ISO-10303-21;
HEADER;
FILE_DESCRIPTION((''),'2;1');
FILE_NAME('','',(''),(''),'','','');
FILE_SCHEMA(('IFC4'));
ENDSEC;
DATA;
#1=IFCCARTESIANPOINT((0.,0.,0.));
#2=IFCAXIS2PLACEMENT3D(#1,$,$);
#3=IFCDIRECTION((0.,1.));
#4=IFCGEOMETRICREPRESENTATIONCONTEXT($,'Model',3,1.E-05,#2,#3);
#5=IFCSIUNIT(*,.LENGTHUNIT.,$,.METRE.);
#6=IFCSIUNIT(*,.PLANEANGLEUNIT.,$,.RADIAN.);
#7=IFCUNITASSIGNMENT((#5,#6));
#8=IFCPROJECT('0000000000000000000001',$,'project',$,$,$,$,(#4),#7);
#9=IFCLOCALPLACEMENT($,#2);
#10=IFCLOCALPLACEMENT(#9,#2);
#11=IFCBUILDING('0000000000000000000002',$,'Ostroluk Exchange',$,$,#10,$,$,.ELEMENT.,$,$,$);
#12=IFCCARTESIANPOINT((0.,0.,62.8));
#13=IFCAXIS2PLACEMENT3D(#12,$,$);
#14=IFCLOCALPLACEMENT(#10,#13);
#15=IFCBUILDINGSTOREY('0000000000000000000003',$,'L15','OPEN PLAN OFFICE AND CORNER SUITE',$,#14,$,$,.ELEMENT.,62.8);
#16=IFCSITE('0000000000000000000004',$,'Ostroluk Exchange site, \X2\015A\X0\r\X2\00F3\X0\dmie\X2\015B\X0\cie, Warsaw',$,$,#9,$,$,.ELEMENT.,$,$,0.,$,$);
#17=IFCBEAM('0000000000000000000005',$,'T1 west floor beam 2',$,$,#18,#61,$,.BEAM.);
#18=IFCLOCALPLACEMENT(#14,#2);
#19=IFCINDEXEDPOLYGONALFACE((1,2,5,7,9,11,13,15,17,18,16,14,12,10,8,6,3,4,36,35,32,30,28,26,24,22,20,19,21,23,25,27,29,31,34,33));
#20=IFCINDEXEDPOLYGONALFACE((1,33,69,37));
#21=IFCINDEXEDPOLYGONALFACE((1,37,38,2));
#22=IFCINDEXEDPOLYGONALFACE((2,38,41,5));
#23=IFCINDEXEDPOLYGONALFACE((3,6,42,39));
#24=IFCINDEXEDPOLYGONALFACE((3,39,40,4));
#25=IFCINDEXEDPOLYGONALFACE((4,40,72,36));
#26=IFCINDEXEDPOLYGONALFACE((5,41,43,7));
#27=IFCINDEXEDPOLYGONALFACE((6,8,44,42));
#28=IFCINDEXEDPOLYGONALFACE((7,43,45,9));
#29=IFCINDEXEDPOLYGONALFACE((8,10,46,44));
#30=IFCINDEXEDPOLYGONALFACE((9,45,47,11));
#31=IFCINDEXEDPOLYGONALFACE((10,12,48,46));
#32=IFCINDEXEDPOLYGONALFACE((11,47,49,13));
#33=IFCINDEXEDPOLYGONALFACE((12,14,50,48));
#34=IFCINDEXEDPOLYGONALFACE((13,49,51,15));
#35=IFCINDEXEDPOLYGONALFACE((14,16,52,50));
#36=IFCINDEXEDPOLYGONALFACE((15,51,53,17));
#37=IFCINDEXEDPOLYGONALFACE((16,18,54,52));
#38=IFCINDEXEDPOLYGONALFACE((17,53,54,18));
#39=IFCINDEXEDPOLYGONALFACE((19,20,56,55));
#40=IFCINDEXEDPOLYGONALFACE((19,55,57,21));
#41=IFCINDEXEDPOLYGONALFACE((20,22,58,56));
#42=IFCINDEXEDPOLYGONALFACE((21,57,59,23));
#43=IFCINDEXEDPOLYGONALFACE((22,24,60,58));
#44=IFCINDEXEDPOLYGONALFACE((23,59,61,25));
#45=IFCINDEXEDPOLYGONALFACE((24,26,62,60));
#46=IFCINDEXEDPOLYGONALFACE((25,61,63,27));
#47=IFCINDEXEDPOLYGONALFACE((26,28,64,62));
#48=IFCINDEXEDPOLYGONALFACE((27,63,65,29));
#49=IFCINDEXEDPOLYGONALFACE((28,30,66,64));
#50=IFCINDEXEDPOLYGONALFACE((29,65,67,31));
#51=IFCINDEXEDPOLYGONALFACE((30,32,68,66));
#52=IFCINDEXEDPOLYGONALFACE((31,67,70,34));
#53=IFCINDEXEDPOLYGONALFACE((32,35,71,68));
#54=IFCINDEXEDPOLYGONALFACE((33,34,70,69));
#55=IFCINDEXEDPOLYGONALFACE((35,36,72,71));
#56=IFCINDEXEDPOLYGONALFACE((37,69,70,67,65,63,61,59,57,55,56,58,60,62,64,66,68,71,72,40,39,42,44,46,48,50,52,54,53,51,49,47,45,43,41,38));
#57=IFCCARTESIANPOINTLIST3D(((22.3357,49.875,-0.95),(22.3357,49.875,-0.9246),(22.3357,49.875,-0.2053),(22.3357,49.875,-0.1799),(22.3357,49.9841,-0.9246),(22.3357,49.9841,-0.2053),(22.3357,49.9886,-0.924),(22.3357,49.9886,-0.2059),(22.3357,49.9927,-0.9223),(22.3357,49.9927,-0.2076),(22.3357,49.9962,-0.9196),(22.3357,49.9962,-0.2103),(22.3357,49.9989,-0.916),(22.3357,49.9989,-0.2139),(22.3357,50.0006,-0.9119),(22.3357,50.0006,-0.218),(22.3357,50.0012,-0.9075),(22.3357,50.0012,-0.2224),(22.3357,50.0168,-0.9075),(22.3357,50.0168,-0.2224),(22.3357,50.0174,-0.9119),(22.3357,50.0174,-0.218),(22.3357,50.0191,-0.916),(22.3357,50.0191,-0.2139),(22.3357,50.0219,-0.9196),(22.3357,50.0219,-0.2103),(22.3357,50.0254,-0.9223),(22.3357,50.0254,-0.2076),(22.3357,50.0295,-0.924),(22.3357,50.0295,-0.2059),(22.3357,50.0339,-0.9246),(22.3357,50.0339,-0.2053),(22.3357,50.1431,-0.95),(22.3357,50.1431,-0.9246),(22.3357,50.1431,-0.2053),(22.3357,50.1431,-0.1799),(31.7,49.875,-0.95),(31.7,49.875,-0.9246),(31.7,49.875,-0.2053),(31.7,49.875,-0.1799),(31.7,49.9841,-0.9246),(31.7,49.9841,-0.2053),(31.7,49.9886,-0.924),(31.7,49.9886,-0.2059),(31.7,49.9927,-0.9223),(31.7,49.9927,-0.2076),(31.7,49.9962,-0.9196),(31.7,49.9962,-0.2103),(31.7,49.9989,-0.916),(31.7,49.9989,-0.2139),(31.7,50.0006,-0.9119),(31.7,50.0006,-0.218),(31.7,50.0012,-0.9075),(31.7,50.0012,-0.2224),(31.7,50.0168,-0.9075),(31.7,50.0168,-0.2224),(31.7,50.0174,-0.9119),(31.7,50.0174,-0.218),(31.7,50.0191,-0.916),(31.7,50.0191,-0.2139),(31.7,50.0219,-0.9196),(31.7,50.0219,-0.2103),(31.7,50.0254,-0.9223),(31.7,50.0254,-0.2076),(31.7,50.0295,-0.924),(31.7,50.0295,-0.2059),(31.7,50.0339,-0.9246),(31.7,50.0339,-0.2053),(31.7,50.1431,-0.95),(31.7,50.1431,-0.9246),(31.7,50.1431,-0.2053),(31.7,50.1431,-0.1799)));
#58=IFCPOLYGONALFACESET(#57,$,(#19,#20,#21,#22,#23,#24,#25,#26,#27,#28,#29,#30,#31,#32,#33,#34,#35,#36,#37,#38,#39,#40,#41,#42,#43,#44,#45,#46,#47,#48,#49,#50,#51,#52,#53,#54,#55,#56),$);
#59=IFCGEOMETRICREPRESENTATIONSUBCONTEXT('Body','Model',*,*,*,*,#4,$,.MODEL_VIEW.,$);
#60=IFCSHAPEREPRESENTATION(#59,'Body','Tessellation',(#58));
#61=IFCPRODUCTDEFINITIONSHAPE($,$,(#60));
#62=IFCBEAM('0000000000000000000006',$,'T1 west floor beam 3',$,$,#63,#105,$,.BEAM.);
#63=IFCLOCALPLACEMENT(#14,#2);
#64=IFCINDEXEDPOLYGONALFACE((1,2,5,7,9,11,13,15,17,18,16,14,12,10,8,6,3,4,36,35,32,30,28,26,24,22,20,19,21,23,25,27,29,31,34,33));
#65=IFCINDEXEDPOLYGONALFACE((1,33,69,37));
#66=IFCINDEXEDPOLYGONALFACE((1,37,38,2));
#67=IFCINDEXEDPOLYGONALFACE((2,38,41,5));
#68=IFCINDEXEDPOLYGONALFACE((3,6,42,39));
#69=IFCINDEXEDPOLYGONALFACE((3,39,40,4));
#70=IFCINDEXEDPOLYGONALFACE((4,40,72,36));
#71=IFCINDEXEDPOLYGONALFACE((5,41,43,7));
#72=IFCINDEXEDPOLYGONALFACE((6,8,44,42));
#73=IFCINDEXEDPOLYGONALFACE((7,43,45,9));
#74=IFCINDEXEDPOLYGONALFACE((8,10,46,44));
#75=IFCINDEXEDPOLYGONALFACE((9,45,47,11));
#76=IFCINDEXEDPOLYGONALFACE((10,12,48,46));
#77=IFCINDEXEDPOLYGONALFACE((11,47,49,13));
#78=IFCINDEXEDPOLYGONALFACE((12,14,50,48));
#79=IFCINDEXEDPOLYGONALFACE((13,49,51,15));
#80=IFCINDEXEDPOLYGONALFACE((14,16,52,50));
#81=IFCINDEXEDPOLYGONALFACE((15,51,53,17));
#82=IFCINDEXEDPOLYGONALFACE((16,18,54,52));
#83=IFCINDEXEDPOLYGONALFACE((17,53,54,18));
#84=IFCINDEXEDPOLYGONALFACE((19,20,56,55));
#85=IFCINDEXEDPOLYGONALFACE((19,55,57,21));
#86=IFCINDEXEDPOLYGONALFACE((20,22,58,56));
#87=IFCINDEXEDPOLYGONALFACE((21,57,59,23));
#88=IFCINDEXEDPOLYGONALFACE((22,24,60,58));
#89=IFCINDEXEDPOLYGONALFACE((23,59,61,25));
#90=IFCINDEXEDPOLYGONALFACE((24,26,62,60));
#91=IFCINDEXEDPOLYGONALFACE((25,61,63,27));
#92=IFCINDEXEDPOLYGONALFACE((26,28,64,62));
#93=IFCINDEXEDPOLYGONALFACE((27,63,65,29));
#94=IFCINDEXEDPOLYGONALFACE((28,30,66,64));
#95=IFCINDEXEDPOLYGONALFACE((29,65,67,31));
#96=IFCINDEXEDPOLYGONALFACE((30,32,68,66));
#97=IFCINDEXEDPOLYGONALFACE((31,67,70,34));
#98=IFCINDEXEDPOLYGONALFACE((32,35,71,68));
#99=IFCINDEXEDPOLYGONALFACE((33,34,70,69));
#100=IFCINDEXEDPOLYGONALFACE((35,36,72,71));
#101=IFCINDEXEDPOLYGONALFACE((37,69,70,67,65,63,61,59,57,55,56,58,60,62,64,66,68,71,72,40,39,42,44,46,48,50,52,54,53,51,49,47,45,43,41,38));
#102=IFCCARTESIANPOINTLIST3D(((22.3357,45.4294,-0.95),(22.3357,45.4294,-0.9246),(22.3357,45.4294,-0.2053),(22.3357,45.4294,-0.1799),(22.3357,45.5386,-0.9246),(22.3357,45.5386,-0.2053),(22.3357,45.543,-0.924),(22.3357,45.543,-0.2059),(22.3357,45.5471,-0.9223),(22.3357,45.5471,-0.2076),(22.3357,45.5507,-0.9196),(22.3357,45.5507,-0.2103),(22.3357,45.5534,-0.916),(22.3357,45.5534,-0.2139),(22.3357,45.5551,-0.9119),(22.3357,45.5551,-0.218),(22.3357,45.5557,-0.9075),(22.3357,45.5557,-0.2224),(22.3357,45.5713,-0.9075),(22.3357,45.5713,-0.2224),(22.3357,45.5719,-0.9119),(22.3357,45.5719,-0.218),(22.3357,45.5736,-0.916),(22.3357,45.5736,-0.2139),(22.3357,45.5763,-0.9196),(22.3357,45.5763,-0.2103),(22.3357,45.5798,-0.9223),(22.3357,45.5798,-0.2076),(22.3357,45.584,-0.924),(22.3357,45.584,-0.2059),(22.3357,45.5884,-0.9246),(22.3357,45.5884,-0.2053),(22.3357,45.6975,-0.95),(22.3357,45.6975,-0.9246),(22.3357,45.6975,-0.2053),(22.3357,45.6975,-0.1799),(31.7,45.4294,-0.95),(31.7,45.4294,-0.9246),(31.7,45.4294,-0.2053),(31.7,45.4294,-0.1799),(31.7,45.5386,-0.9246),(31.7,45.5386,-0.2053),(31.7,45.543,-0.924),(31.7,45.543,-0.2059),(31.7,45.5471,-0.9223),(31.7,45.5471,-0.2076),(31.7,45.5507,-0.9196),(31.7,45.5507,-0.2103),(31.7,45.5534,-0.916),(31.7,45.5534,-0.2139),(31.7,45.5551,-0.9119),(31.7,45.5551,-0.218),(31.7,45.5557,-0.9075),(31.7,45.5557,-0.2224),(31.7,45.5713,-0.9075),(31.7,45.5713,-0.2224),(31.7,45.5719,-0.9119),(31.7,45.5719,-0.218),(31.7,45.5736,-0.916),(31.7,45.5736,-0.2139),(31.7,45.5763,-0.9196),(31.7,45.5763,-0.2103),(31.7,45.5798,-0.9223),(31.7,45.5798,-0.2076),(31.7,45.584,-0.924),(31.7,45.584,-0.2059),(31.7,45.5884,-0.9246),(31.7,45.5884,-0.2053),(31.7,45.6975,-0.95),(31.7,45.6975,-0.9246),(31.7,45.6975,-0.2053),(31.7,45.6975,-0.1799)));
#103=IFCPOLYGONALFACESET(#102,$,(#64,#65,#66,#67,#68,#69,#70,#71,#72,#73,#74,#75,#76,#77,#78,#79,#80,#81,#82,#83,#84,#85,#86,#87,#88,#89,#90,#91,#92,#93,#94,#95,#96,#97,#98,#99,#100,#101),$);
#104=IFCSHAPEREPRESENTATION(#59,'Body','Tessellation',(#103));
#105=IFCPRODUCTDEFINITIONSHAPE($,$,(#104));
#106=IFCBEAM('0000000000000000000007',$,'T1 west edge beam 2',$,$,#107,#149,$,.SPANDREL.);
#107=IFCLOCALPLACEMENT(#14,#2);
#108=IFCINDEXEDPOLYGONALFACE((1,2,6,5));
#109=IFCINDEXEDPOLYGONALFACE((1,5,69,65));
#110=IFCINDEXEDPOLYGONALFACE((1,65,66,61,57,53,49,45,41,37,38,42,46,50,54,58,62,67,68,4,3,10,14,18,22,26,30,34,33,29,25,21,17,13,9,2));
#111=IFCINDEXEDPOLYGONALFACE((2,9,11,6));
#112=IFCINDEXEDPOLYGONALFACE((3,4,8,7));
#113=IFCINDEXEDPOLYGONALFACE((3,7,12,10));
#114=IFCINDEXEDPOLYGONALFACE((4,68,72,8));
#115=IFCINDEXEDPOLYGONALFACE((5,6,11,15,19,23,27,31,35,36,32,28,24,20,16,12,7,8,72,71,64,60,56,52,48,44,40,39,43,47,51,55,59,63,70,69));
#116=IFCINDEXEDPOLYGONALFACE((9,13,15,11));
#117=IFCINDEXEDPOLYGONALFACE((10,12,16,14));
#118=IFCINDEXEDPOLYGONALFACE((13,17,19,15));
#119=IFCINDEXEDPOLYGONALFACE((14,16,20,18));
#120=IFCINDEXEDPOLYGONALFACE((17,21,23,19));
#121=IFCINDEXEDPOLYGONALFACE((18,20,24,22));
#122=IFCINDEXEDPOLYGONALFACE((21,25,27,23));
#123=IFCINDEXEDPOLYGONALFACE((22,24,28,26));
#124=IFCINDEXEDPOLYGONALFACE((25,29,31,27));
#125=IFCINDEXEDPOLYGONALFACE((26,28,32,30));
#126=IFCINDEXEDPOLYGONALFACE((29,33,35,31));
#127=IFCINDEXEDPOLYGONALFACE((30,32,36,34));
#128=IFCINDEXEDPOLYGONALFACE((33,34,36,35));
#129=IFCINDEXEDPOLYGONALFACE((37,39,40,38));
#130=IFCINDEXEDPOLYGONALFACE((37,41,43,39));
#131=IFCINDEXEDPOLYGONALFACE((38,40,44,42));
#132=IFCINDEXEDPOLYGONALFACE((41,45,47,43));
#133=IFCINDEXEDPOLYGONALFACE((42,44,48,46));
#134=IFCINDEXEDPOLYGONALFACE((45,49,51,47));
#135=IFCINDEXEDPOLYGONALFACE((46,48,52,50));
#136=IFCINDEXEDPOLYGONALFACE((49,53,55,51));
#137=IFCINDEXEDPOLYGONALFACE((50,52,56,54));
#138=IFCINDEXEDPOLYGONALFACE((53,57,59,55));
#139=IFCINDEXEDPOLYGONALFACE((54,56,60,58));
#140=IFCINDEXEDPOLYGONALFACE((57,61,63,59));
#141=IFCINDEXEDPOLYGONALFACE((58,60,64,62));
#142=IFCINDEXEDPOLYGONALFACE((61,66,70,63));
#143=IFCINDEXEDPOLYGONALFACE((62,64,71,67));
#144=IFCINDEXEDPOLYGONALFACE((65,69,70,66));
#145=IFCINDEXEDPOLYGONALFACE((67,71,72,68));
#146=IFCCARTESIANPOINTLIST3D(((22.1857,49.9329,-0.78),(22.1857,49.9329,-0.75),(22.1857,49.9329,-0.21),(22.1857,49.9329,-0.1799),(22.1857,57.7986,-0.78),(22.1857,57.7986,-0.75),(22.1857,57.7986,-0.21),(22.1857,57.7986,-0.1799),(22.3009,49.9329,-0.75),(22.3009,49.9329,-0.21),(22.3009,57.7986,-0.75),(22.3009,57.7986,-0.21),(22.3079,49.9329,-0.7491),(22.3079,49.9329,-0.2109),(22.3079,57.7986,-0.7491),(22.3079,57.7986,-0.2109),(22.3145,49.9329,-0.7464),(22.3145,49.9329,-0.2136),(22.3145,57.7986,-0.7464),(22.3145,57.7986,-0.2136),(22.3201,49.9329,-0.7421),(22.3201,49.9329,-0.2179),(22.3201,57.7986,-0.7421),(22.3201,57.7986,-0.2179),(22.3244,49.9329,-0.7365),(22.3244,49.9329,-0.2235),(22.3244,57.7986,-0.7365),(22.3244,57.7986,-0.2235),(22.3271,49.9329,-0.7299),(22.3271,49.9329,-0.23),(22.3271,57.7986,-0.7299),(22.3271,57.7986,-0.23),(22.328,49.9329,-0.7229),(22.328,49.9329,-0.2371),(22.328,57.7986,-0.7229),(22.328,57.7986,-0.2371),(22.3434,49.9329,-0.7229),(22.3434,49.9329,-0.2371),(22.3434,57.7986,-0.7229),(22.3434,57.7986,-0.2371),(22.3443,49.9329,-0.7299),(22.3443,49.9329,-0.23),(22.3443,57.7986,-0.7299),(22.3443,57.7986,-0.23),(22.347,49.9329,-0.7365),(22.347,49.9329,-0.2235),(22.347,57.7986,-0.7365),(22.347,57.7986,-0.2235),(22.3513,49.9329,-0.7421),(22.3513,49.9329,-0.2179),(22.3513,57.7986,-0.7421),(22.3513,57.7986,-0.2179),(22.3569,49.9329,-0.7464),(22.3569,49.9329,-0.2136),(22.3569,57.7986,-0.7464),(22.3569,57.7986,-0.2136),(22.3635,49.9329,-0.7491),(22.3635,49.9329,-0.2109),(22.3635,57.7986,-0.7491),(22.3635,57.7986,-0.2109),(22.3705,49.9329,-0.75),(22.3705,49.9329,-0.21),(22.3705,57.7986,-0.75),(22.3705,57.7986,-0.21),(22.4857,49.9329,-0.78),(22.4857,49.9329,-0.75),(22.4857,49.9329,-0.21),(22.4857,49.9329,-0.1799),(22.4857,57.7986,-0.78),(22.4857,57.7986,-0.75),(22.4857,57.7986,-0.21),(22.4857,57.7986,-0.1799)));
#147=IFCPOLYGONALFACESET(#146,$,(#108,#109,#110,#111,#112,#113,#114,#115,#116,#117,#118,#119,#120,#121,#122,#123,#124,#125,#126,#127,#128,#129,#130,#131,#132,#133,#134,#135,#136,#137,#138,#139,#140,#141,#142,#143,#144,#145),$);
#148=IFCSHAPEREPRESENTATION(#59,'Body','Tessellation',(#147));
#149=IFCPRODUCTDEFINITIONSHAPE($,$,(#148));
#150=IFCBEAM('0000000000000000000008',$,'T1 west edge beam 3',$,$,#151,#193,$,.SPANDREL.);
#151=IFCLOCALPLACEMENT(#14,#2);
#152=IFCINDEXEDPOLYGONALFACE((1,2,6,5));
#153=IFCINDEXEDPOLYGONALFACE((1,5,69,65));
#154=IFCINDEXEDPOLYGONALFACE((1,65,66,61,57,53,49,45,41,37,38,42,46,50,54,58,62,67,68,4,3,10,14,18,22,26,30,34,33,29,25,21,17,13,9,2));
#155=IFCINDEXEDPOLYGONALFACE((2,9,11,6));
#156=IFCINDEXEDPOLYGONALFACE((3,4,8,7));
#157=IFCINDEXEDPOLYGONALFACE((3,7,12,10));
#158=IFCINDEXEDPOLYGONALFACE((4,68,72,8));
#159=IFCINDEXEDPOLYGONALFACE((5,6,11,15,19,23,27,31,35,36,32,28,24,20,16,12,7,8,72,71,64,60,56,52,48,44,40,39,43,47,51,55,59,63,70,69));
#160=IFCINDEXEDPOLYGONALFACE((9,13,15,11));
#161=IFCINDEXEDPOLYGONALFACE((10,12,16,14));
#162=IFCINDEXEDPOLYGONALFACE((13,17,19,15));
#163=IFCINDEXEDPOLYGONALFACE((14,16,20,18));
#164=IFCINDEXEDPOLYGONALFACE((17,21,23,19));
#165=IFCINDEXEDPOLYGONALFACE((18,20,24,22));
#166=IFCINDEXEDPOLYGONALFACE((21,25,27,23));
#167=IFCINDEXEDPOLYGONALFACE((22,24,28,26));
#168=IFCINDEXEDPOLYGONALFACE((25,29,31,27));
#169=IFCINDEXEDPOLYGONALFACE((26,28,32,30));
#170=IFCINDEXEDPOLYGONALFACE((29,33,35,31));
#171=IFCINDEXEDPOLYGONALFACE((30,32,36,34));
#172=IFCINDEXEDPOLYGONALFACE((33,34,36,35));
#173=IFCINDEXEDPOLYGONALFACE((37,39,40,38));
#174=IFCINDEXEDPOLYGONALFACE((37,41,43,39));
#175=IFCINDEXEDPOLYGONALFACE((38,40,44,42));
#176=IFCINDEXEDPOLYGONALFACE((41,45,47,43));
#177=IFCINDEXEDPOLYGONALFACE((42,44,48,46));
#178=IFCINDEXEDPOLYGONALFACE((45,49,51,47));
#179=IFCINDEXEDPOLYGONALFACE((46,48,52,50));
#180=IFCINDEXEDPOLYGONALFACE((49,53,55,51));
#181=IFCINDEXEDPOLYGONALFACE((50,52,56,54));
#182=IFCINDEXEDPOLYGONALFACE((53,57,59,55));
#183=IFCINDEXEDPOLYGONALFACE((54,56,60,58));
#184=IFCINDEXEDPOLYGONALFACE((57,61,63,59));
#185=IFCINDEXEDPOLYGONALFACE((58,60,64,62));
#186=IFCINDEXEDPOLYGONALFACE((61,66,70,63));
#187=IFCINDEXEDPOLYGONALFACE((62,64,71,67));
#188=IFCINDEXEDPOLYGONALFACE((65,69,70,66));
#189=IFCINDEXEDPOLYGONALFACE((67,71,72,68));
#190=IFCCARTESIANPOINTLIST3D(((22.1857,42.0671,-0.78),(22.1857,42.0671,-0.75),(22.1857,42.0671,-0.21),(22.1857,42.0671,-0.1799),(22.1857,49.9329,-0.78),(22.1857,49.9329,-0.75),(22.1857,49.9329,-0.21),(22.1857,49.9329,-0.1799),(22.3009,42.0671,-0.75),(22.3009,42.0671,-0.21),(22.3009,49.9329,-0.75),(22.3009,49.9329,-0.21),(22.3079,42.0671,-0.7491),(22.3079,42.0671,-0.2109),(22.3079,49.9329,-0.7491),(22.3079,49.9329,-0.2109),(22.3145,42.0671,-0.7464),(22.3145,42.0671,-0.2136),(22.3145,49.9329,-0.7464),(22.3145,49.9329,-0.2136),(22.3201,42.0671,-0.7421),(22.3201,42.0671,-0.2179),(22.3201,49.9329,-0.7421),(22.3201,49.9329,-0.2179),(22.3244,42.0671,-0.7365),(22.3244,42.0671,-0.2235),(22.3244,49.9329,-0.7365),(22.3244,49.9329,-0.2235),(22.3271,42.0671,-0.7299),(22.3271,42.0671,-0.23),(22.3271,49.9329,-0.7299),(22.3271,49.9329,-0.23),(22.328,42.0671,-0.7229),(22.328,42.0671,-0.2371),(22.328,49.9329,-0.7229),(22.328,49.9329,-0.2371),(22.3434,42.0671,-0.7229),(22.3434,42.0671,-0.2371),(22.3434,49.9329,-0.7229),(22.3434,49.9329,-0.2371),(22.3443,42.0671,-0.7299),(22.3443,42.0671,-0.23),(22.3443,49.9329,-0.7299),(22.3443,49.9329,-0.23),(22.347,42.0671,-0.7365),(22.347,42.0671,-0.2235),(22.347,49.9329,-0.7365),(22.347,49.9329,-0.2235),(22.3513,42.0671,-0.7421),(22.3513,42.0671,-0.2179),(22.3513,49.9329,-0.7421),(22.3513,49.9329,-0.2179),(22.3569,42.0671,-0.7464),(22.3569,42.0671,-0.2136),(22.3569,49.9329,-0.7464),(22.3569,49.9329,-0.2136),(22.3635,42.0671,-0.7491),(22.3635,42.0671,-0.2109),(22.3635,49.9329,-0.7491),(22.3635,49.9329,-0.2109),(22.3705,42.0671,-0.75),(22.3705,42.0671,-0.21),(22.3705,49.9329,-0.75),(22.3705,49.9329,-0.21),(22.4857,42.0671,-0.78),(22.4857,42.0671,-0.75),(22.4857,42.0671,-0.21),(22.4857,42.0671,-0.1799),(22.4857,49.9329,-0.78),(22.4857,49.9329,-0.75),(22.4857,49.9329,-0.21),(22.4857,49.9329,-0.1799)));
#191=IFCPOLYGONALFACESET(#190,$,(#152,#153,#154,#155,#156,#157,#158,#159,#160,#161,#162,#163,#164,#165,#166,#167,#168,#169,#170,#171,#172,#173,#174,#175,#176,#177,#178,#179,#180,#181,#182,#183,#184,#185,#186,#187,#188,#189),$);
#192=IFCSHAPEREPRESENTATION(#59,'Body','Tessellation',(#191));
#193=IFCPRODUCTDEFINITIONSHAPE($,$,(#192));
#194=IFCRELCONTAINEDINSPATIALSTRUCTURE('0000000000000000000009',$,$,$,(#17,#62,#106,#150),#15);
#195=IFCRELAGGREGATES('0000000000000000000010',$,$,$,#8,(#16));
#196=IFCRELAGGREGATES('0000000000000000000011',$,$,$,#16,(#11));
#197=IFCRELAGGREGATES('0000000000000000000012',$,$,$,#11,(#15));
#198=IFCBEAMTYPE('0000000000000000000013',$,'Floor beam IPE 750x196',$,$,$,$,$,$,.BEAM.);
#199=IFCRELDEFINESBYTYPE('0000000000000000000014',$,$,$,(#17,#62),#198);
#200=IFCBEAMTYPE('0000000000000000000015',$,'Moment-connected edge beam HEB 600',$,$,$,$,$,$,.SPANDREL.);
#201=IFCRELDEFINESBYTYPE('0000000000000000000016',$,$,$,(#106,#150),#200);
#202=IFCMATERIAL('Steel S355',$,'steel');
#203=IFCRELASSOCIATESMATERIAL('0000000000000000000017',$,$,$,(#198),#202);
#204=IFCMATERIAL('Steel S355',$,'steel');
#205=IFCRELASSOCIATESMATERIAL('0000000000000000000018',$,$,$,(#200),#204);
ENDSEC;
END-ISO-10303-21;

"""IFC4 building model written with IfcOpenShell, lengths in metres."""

from ifc_helpers import new_model, si_unit, direction, frame, origin, origin_2d, place, context, subcontext, project, spatial, i_section, extrude, material, material_profile, profile_set, type_object, element, save


model = new_model("IFC4")

# Units and contexts
model_context = context("Model", 3, precision=1e-05, world=origin(), true_north=direction((0.0, 1.0)))
body_context = subcontext(model_context, "Body", "Model", "MODEL_VIEW")
ifc_project = project(units=[si_unit("LENGTHUNIT", "METRE"), si_unit("PLANEANGLEUNIT", "RADIAN")], contexts=[model_context])

# Site, building, storey
site_placement = place(None, origin())
site = spatial("IfcSite", under=ifc_project, at=site_placement, Name="Ostroluk Exchange site, Śródmieście, Warsaw", CompositionType="ELEMENT", RefElevation=0.0)
building_placement = place(site_placement, origin())
building = spatial("IfcBuilding", under=site, at=building_placement, Name="Ostroluk Exchange", CompositionType="ELEMENT")
storey_placement = place(building_placement, frame((0.0, 0.0, 62.8)))
storey = spatial("IfcBuildingStorey", under=building, at=storey_placement, Name="L15", Description="OPEN PLAN OFFICE AND CORNER SUITE", CompositionType="ELEMENT", Elevation=62.8)

# Beams
ifc_material_1 = material(Name="Steel S355", Category="steel")
ifc_material_profile_1 = material_profile(ifc_material_1, i_section(OverallWidth=0.2681, OverallDepth=0.77, WebThickness=0.0156, FlangeThickness=0.0254, FilletRadius=0.0171, at=origin_2d()), Name="IPE 750x196")
ifc_profile_set_1 = profile_set([ifc_material_profile_1], Name="Steel S355")
beam_type_1 = type_object("IfcBeamType", Name="Floor beam IPE 750x196", PredefinedType="BEAM", material=ifc_profile_set_1)
for number, where, z_axis, x_axis, name in (
    (1, (31.7, 50.009, -0.5649), (-1.0, 0.0, 0.0), (0.0, -1.0, 0.0), "T1 west floor beam 2"),
    (2, (31.7, 45.5635, -0.5649), (-1.0, 0.0, 0.0), (0.0, -1.0, 0.0), "T1 west floor beam 3"),
):
    element("IfcBeam", number, at=place(storey_placement, frame(where, z_axis=z_axis, x_axis=x_axis)), inside=storey, type_object=beam_type_1, Name=name, PredefinedType="BEAM", context=body_context, shape_type="SweptSolid", body=[
        extrude(i_section(OverallWidth=0.2681, OverallDepth=0.77, WebThickness=0.0156, FlangeThickness=0.0254, FilletRadius=0.0171, at=origin_2d()), origin(), (0.0, 0.0, 1.0), 9.3643),
    ])
ifc_material_2 = material(Name="Steel S355", Category="steel")
ifc_material_profile_2 = material_profile(ifc_material_2, i_section(OverallWidth=0.3, OverallDepth=0.6001, WebThickness=0.0154, FlangeThickness=0.03, FilletRadius=0.0271, at=origin_2d()), Name="HEB 600")
ifc_profile_set_2 = profile_set([ifc_material_profile_2], Name="Steel S355")
beam_type_2 = type_object("IfcBeamType", Name="Moment-connected edge beam HEB 600", PredefinedType="SPANDREL", material=ifc_profile_set_2)
for number, where, z_axis, x_axis, name in (
    (3, (22.3357, 57.7986, -0.48), (0.0, -1.0, 0.0), (1.0, 0.0, 0.0), "T1 west edge beam 2"),
    (4, (22.3357, 49.9329, -0.48), (0.0, -1.0, 0.0), (1.0, 0.0, 0.0), "T1 west edge beam 3"),
):
    element("IfcBeam", number, at=place(storey_placement, frame(where, z_axis=z_axis, x_axis=x_axis)), inside=storey, type_object=beam_type_2, Name=name, PredefinedType="SPANDREL", context=body_context, shape_type="SweptSolid", body=[
        extrude(i_section(OverallWidth=0.3, OverallDepth=0.6001, WebThickness=0.0154, FlangeThickness=0.03, FilletRadius=0.0271, at=origin_2d()), origin(), (0.0, 0.0, 1.0), 7.8657),
    ])

save(model, "model.ifc")
